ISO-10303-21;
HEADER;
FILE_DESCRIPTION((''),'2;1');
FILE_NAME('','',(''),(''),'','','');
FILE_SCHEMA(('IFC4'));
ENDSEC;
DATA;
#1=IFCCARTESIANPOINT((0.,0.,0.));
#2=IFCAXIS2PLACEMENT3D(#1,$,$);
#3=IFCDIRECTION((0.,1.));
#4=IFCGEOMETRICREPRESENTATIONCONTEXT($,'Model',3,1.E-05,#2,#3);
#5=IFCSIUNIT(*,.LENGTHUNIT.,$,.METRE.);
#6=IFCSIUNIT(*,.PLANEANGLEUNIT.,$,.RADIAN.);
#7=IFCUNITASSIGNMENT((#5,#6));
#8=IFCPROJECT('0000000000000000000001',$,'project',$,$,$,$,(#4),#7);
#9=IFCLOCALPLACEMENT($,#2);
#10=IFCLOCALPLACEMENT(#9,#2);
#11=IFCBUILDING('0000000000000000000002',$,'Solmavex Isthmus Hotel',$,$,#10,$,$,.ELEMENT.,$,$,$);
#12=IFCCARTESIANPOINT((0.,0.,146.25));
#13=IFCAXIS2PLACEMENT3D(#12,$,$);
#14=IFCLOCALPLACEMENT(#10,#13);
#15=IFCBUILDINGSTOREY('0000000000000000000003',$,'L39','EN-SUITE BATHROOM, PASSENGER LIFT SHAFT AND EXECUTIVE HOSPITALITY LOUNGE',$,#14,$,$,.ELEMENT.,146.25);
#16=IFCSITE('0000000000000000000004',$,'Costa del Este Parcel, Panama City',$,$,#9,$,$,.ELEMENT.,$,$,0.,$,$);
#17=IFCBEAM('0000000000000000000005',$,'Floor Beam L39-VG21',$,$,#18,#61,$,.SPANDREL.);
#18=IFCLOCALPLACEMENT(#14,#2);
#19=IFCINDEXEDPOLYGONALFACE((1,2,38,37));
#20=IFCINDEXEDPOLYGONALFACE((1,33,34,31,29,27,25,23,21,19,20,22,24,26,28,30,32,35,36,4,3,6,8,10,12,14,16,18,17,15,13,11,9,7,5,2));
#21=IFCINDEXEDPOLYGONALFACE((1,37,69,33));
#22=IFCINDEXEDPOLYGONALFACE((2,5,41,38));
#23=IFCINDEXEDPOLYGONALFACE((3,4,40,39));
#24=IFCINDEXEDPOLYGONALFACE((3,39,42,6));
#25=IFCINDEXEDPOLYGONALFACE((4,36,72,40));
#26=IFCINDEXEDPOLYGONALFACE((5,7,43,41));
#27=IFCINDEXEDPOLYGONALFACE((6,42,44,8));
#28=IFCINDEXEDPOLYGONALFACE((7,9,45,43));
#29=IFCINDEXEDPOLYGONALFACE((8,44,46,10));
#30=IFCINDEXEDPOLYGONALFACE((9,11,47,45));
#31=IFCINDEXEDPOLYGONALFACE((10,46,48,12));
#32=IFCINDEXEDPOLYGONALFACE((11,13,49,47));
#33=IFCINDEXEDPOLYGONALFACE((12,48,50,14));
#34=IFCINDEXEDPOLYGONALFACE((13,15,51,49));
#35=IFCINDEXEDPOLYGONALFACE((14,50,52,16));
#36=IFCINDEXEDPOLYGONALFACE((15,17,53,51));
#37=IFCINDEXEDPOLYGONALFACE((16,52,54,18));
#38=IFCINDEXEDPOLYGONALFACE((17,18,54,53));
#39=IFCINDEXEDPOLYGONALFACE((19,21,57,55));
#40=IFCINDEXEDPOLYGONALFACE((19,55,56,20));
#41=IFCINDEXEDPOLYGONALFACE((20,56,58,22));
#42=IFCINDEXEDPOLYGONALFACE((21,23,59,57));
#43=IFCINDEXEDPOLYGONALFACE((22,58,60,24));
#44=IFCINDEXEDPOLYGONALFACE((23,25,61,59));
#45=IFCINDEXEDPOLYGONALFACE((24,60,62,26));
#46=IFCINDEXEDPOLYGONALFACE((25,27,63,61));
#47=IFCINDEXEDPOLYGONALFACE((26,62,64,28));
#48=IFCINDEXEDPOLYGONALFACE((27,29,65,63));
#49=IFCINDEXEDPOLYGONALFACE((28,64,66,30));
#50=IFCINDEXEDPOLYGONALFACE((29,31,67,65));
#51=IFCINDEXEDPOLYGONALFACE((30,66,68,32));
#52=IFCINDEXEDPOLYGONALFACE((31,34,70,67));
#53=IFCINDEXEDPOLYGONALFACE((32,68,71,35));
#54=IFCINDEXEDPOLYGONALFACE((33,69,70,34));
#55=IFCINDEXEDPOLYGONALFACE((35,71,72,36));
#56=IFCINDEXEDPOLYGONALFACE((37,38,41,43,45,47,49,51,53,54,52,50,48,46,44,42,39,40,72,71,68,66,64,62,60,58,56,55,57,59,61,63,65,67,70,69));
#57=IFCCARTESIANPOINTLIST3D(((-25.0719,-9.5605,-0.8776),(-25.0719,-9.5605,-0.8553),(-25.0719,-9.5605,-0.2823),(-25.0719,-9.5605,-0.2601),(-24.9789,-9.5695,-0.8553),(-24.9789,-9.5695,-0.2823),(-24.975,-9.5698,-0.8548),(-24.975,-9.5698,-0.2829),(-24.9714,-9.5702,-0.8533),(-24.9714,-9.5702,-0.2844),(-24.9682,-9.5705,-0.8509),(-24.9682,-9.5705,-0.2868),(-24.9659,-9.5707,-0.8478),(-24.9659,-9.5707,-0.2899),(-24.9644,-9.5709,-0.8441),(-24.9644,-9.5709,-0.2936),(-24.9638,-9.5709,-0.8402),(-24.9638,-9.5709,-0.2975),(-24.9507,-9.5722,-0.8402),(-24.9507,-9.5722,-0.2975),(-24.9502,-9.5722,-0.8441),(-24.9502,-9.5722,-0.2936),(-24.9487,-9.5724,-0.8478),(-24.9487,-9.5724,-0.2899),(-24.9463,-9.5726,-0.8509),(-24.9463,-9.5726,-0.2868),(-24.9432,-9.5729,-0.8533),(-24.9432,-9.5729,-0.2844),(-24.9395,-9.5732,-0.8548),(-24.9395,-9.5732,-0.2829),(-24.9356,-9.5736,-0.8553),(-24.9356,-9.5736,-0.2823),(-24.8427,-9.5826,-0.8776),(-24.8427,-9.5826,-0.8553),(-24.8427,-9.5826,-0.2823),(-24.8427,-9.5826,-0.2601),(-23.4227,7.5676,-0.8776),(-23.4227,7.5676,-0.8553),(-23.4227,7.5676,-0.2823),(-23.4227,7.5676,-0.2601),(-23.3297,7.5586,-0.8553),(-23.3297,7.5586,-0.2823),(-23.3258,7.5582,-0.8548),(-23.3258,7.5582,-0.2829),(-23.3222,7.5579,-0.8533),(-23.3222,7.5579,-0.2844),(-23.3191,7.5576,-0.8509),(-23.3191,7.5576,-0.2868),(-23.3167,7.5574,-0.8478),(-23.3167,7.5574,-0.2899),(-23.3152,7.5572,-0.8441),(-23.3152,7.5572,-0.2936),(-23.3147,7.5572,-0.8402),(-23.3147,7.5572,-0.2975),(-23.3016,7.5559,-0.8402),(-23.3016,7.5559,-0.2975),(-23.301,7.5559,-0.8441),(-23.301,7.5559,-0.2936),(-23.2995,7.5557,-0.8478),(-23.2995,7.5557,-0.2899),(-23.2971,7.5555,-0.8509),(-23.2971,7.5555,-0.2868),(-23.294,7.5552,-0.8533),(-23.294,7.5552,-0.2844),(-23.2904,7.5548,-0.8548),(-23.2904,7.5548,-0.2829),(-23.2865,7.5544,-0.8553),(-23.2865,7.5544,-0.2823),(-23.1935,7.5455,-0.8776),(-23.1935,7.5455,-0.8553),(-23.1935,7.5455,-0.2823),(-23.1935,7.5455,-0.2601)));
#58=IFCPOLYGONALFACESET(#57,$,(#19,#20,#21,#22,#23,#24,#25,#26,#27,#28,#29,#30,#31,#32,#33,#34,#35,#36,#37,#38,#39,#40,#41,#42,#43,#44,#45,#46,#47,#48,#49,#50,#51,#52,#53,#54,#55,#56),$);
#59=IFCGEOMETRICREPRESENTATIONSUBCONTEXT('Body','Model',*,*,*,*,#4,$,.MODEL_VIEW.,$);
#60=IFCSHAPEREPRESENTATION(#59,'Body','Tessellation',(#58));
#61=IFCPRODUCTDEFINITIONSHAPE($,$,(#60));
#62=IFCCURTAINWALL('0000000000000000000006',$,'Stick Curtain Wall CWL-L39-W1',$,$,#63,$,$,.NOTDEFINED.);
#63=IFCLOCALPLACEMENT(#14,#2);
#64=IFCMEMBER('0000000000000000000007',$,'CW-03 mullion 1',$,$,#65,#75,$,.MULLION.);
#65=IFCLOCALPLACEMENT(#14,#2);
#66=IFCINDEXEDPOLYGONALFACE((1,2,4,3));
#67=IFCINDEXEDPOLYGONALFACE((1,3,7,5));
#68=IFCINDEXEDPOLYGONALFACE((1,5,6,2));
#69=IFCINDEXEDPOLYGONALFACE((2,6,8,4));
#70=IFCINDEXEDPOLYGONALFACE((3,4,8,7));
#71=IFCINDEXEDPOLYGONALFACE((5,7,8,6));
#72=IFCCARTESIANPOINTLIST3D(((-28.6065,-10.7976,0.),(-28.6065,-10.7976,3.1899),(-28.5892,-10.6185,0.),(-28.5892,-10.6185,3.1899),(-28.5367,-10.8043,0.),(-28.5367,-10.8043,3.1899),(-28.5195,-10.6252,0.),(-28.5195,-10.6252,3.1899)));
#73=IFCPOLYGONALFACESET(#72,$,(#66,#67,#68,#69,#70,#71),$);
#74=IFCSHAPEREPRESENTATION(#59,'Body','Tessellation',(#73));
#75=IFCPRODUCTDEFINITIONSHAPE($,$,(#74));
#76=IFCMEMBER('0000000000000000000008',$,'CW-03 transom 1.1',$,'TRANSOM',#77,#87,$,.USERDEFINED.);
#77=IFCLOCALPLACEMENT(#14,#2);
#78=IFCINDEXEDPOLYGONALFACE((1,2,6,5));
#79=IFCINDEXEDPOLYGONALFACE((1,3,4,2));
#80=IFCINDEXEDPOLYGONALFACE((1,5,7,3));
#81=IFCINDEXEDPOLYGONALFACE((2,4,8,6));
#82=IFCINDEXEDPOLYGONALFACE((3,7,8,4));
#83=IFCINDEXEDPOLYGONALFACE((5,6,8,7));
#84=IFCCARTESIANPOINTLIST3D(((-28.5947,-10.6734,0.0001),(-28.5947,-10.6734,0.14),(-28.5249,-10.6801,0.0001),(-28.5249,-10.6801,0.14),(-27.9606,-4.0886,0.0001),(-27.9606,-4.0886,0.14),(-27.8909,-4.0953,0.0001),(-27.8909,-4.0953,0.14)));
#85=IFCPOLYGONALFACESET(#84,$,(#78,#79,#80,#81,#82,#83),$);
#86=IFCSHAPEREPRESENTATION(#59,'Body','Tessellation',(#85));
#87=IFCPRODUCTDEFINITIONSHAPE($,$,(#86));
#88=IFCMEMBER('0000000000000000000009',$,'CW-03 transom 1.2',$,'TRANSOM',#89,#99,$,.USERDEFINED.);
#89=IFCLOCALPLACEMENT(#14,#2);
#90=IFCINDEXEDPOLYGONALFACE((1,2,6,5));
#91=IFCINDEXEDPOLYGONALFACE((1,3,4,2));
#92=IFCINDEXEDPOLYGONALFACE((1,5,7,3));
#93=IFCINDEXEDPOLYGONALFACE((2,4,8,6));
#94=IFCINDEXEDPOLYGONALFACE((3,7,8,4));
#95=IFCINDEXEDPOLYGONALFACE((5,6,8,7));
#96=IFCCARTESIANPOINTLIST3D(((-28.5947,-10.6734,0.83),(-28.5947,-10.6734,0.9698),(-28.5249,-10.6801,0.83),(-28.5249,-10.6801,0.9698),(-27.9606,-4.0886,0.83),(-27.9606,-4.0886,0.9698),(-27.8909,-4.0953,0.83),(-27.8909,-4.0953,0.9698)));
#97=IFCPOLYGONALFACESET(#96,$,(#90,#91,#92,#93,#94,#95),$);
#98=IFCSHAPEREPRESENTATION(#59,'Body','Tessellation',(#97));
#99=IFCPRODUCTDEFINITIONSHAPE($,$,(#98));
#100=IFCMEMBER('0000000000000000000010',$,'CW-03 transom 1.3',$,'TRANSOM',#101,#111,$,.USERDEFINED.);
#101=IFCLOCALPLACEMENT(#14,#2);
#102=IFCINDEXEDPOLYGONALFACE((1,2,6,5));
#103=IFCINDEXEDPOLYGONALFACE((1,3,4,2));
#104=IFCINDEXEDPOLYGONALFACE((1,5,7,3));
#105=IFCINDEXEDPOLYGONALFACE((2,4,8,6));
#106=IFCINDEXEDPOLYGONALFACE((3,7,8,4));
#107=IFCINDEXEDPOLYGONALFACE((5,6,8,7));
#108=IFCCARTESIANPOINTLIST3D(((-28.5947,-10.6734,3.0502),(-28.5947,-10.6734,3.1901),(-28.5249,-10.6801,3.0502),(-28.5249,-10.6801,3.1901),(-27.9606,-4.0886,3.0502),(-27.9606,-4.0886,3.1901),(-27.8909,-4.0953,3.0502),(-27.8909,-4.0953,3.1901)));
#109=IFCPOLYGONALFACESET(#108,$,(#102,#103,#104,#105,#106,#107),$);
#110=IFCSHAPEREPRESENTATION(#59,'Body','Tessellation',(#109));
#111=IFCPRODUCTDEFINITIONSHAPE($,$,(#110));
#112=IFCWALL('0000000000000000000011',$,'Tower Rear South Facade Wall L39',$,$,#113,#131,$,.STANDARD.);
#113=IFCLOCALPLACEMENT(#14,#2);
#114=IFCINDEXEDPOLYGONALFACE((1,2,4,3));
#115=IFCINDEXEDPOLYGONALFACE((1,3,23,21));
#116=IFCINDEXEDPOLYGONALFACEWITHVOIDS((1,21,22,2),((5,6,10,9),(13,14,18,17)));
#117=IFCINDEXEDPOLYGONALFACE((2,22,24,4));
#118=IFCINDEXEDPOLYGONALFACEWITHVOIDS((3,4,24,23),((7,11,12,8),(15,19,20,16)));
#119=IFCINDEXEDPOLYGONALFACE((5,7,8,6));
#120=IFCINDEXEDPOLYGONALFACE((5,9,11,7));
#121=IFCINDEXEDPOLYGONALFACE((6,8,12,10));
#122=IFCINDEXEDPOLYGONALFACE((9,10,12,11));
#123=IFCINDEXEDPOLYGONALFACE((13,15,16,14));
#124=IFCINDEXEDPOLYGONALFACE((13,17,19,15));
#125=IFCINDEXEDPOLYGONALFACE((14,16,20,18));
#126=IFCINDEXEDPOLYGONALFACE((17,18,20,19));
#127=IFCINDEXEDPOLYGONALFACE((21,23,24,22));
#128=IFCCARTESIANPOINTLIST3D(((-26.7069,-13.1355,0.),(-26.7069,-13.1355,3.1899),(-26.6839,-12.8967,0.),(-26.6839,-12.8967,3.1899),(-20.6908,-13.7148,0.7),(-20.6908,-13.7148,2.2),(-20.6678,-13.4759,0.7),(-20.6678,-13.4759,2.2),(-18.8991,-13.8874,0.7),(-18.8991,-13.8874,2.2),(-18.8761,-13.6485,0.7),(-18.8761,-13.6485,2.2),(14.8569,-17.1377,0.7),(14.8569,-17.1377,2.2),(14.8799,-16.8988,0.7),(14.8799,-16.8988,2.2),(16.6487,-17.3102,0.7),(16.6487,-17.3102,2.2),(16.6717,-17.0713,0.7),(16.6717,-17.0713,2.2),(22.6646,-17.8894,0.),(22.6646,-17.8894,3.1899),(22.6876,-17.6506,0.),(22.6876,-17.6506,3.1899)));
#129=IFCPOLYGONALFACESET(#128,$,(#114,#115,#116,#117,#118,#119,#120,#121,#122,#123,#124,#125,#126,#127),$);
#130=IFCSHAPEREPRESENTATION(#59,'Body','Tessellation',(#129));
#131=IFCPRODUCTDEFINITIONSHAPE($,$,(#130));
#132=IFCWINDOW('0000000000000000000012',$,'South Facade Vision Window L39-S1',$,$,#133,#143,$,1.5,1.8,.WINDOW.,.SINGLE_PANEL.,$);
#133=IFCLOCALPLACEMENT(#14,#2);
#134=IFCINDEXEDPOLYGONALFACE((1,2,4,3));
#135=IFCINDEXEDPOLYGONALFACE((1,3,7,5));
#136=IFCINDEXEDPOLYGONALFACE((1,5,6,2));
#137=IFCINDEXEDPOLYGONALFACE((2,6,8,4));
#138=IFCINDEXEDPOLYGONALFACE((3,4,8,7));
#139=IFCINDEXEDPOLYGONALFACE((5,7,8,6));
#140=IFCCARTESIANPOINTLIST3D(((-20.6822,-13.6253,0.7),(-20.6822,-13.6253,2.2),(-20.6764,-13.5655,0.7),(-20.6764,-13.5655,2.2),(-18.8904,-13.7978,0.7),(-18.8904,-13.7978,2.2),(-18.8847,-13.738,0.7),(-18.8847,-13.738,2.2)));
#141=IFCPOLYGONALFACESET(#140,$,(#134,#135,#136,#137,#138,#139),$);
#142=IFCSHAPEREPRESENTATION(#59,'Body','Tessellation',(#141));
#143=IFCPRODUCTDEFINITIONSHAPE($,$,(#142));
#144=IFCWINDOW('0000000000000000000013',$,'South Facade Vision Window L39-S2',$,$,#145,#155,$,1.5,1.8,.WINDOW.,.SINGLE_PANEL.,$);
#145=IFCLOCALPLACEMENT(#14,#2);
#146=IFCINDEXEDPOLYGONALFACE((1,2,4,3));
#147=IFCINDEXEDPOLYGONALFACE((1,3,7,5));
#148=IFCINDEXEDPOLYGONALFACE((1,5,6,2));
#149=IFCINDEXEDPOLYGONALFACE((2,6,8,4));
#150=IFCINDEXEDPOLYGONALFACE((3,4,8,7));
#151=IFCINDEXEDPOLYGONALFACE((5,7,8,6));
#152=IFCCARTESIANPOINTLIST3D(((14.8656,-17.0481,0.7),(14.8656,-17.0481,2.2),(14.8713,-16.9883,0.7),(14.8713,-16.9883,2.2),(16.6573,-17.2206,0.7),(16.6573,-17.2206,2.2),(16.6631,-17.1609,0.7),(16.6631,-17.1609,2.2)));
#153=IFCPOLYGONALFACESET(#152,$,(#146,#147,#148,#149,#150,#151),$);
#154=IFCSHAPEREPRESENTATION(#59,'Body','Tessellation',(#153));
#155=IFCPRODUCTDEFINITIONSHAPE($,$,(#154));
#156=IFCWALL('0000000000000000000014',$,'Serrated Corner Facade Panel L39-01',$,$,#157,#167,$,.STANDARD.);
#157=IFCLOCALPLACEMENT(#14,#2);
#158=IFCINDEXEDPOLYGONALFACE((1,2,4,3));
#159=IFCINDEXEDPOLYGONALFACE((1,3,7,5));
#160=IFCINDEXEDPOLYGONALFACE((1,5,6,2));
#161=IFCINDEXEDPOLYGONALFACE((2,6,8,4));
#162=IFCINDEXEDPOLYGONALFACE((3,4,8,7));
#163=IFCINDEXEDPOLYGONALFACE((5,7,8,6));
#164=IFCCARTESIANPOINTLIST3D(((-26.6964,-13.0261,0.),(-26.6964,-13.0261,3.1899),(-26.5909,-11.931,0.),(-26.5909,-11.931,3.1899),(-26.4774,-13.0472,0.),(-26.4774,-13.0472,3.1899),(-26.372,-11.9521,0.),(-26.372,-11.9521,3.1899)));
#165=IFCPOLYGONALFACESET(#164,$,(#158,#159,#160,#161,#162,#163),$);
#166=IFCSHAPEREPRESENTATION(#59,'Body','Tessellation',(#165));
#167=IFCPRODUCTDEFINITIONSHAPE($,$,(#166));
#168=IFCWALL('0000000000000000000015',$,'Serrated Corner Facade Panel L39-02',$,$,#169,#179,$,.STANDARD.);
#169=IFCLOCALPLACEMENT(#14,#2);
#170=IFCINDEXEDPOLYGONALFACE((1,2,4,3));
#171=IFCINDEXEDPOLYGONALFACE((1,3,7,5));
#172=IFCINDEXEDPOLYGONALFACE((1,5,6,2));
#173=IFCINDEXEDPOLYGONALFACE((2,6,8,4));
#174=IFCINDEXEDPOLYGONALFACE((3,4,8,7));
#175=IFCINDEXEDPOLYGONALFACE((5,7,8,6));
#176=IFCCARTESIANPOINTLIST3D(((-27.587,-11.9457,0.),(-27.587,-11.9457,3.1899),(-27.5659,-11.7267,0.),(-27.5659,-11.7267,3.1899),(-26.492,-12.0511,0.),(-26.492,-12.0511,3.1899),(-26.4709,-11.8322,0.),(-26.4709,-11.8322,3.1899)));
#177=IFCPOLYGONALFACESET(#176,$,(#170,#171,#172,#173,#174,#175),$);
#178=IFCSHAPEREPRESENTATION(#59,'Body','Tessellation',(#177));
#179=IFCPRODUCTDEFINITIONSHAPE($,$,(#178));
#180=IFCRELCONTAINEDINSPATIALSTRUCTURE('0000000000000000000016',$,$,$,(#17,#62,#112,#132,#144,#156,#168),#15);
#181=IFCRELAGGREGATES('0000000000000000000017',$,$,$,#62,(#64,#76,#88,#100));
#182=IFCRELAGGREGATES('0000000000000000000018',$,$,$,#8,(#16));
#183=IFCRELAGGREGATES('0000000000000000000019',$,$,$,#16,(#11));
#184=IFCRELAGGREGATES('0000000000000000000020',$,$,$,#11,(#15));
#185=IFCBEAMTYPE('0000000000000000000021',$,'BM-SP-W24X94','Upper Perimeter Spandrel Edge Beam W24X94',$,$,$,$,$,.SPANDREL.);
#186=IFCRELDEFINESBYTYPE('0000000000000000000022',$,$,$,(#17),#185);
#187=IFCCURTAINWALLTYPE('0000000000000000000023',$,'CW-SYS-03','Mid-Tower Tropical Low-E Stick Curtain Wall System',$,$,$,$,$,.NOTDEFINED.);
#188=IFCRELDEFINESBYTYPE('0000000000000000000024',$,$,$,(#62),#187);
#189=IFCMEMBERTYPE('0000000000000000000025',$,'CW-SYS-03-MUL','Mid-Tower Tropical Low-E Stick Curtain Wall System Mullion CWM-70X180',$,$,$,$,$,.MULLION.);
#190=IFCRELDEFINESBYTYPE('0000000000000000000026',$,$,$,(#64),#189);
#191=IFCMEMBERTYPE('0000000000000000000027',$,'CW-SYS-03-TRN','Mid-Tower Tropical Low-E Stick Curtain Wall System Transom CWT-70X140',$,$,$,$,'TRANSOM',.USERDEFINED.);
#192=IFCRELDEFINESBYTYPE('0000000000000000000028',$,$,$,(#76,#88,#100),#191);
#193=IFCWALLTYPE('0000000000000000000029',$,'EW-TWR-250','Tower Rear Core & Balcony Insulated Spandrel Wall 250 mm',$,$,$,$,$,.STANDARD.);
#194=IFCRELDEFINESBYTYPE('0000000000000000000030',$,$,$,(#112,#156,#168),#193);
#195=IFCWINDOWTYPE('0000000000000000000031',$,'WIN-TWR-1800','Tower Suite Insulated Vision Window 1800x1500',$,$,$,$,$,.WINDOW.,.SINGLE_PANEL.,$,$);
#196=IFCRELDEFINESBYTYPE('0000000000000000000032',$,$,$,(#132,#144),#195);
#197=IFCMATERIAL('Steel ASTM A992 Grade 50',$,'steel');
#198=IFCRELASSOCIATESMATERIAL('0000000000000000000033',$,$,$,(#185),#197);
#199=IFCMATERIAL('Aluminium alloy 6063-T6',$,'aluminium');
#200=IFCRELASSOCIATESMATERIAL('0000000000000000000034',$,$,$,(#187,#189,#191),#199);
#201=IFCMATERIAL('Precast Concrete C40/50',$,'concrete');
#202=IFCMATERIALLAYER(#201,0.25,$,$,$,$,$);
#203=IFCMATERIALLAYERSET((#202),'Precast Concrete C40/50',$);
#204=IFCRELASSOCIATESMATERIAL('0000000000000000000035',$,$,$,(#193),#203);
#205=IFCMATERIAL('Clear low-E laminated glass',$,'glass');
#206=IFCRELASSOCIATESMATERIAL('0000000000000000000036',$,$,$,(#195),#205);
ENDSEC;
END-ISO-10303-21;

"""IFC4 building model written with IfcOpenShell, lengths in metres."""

from ifc_helpers import new_model, si_unit, direction, frame, frame_2d, origin, origin_2d, place, context, subcontext, project, spatial, rectangle, i_section, extrude, material, layer, layer_set, material_profile, profile_set, type_object, element, fill, aggregate, save


model = new_model("IFC4")

# Units and contexts
model_context = context("Model", 3, precision=1e-05, world=origin(), true_north=direction((0.0, 1.0)))
body_context = subcontext(model_context, "Body", "Model", "MODEL_VIEW")
ifc_project = project(units=[si_unit("LENGTHUNIT", "METRE"), si_unit("PLANEANGLEUNIT", "RADIAN")], contexts=[model_context])

# Site, building, storey
site_placement = place(None, origin())
site = spatial("IfcSite", under=ifc_project, at=site_placement, Name="Costa del Este Parcel, Panama City", CompositionType="ELEMENT", RefElevation=0.0)
building_placement = place(site_placement, origin())
building = spatial("IfcBuilding", under=site, at=building_placement, Name="Solmavex Isthmus Hotel", CompositionType="ELEMENT")
storey_placement = place(building_placement, frame((0.0, 0.0, 146.25)))
storey = spatial("IfcBuildingStorey", under=building, at=storey_placement, Name="L39", Description="EN-SUITE BATHROOM, PASSENGER LIFT SHAFT AND EXECUTIVE HOSPITALITY LOUNGE", CompositionType="ELEMENT", Elevation=146.25)

# Beam
ifc_material_1 = material(Name="Steel ASTM A992 Grade 50", Category="steel")
ifc_material_profile_1 = material_profile(ifc_material_1, i_section(OverallWidth=0.2302, OverallDepth=0.6174, WebThickness=0.0132, FlangeThickness=0.0222, FilletRadius=0.0151, at=origin_2d()), Name="W24X94")
ifc_profile_set_1 = profile_set([ifc_material_profile_1], Name="Steel ASTM A992 Grade 50")
beam_type_1 = type_object("IfcBeamType", Name="BM-SP-W24X94", Description="Upper Perimeter Spandrel Edge Beam W24X94", PredefinedType="SPANDREL", material=ifc_profile_set_1)
beam_1_placement = place(storey_placement, frame((-24.9573, -9.5715, -0.5688), z_axis=(0.095841, 0.995397, 0.0), x_axis=(-0.995397, 0.095841, 0.0)))
element("IfcBeam", 1, at=beam_1_placement, inside=storey, type_object=beam_type_1, Name="Floor Beam L39-VG21", PredefinedType="SPANDREL", context=body_context, shape_type="SweptSolid", body=[
    extrude(i_section(OverallWidth=0.2302, OverallDepth=0.6174, WebThickness=0.0132, FlangeThickness=0.0222, FilletRadius=0.0151, at=origin_2d()), origin(), (0.0, 0.0, 1.0), 17.2073),
])

# Curtain wall, members
ifc_material_2 = material(Name="Aluminium alloy 6063-T6", Category="aluminium")
curtain_wall_type = type_object("IfcCurtainWallType", Name="CW-SYS-03", Description="Mid-Tower Tropical Low-E Stick Curtain Wall System", PredefinedType="NOTDEFINED", material=ifc_material_2)
curtain_wall_placement = place(storey_placement, origin())
curtain_wall = element("IfcCurtainWall", 2, at=curtain_wall_placement, inside=storey, type_object=curtain_wall_type, Name="Stick Curtain Wall CWL-L39-W1", PredefinedType="NOTDEFINED")
ifc_material_profile_2 = material_profile(ifc_material_2, rectangle(XDim=0.0701, YDim=0.1799, at=origin_2d()), Name="CWM-70X180")
ifc_profile_set_2 = profile_set([ifc_material_profile_2], Name="Aluminium alloy 6063-T6")
member_type_1 = type_object("IfcMemberType", Name="CW-SYS-03-MUL", Description="Mid-Tower Tropical Low-E Stick Curtain Wall System Mullion CWM-70X180", PredefinedType="MULLION", material=ifc_profile_set_2)
member_1_placement = place(storey_placement, frame((-28.563, -10.7114, 0.0), z_axis=(0.0, 0.0, 1.0), x_axis=(-0.995396, 0.095846, 0.0)))
member_1 = element("IfcMember", 3, at=member_1_placement, type_object=member_type_1, Name="CW-03 mullion 1", PredefinedType="MULLION", context=body_context, shape_type="SweptSolid", body=[
    extrude(rectangle(XDim=0.0701, YDim=0.1799, at=origin_2d()), origin(), (0.0, 0.0, 1.0), 3.1899),
])
ifc_material_profile_3 = material_profile(ifc_material_2, rectangle(XDim=0.0701, YDim=0.1399, at=origin_2d()), Name="CWT-70X140")
ifc_profile_set_3 = profile_set([ifc_material_profile_3], Name="Aluminium alloy 6063-T6")
member_type_2 = type_object("IfcMemberType", Name="CW-SYS-03-TRN", Description="Mid-Tower Tropical Low-E Stick Curtain Wall System Transom CWT-70X140", ElementType="TRANSOM", PredefinedType="USERDEFINED", material=ifc_profile_set_3)
member_2_placement = place(storey_placement, frame((-28.5598, -10.6768, 0.0701), z_axis=(0.095845, 0.995396, 0.0), x_axis=(-0.995396, 0.095845, 0.0)))
member_2 = element("IfcMember", 4, at=member_2_placement, type_object=member_type_2, Name="CW-03 transom 1.1", ObjectType="TRANSOM", PredefinedType="USERDEFINED", context=body_context, shape_type="SweptSolid", body=[
    extrude(rectangle(XDim=0.0701, YDim=0.1399, at=origin_2d()), origin(), (0.0, 0.0, 1.0), 6.6152),
])
member_3_placement = place(storey_placement, frame((-28.5598, -10.6768, 0.8999), z_axis=(0.095845, 0.995396, 0.0), x_axis=(-0.995396, 0.095845, 0.0)))
member_3 = element("IfcMember", 5, at=member_3_placement, type_object=member_type_2, Name="CW-03 transom 1.2", ObjectType="TRANSOM", PredefinedType="USERDEFINED", context=body_context, shape_type="SweptSolid", body=[
    extrude(rectangle(XDim=0.0701, YDim=0.1399, at=origin_2d()), origin(), (0.0, 0.0, 1.0), 6.6152),
])
member_4_placement = place(storey_placement, frame((-28.5598, -10.6768, 3.1201), z_axis=(0.095845, 0.995396, 0.0), x_axis=(-0.995396, 0.095845, 0.0)))
member_4 = element("IfcMember", 6, at=member_4_placement, type_object=member_type_2, Name="CW-03 transom 1.3", ObjectType="TRANSOM", PredefinedType="USERDEFINED", context=body_context, shape_type="SweptSolid", body=[
    extrude(rectangle(XDim=0.0701, YDim=0.1399, at=origin_2d()), origin(), (0.0, 0.0, 1.0), 6.6152),
])
aggregate(curtain_wall, [member_1, member_2, member_3, member_4])

# Wall, openings, windows
ifc_material_3 = material(Name="Precast Concrete C40/50", Category="concrete")
ifc_layer_1 = layer(ifc_material_3, 0.25)
ifc_layer_set_1 = layer_set([ifc_layer_1], Name="Precast Concrete C40/50")
wall_type_1 = type_object("IfcWallType", Name="EW-TWR-250", Description="Tower Rear Core & Balcony Insulated Spandrel Wall 250 mm", PredefinedType="STANDARD", material=ifc_layer_set_1)
wall_1_placement = place(storey_placement, frame((-26.6953, -13.0161, 0.0), z_axis=(0.0, 0.0, 1.0), x_axis=(0.995396, -0.095845, 0.0)))
wall_1 = element("IfcWall", 7, at=wall_1_placement, inside=storey, type_object=wall_type_1, Name="Tower Rear South Facade Wall L39", PredefinedType="STANDARD", context=body_context, shape_type="SweptSolid", body=[
    extrude(rectangle(XDim=49.5999, YDim=0.24, at=frame_2d((24.7998, 0.0))), origin(), (0.0, 0.0, 1.0), 3.1899),
])
opening_1_placement = place(wall_1_placement, frame((6.0439, 0.0, 0.7)))
opening_1 = element("IfcOpeningElement", 8, at=opening_1_placement, cuts=wall_1, PredefinedType="OPENING", context=body_context, shape_type="SweptSolid", body=[
    extrude(rectangle(XDim=1.8, YDim=1.5, at=frame_2d((0.8999, 0.75))), frame((0.0, 0.1299, 0.0), z_axis=(0.0, -1.0, 0.0), x_axis=(1.0, 0.0, 0.0)), (0.0, 0.0, 1.0), 0.26),
])
opening_2_placement = place(wall_1_placement, frame((41.7561, 0.0, 0.7)))
opening_2 = element("IfcOpeningElement", 9, at=opening_2_placement, cuts=wall_1, PredefinedType="OPENING", context=body_context, shape_type="SweptSolid", body=[
    extrude(rectangle(XDim=1.8, YDim=1.5, at=frame_2d((0.8999, 0.75))), frame((0.0, 0.1299, 0.0), z_axis=(0.0, -1.0, 0.0), x_axis=(1.0, 0.0, 0.0)), (0.0, 0.0, 1.0), 0.26),
])
ifc_material_4 = material(Name="Clear low-E laminated glass", Category="glass")
window_type = type_object("IfcWindowType", Name="WIN-TWR-1800", Description="Tower Suite Insulated Vision Window 1800x1500", PartitioningType="SINGLE_PANEL", PredefinedType="WINDOW", material=ifc_material_4)
window_1_placement = place(opening_1_placement, origin())
window_1 = element("IfcWindow", 10, at=window_1_placement, inside=storey, type_object=window_type, Name="South Facade Vision Window L39-S1", OverallHeight=1.5, OverallWidth=1.8, PartitioningType="SINGLE_PANEL", PredefinedType="WINDOW", context=body_context, shape_type="SweptSolid", body=[
    extrude(rectangle(XDim=1.8, YDim=1.5, at=frame_2d((0.8999, 0.75))), frame((0.0, 0.03, 0.0), z_axis=(0.0, -1.0, 0.0), x_axis=(1.0, 0.0, 0.0)), (0.0, 0.0, 1.0), 0.0601),
])
fill(opening_1, window_1)
window_2_placement = place(opening_2_placement, origin())
window_2 = element("IfcWindow", 11, at=window_2_placement, inside=storey, type_object=window_type, Name="South Facade Vision Window L39-S2", OverallHeight=1.5, OverallWidth=1.8, PartitioningType="SINGLE_PANEL", PredefinedType="WINDOW", context=body_context, shape_type="SweptSolid", body=[
    extrude(rectangle(XDim=1.8, YDim=1.5, at=frame_2d((0.8999, 0.75))), frame((0.0, 0.03, 0.0), z_axis=(0.0, -1.0, 0.0), x_axis=(1.0, 0.0, 0.0)), (0.0, 0.0, 1.0), 0.0601),
])
fill(opening_2, window_2)

# Walls
for number, where, z_axis, x_axis, name in (
    (12, (-26.5869, -13.0366, 0.0), (0.0, 0.0, 1.0), (0.095877, 0.995393, 0.0), "Serrated Corner Facade Panel L39-01"),
    (13, (-26.4814, -11.9417, 0.0), (0.0, 0.0, 1.0), (-0.995393, 0.095877, 0.0), "Serrated Corner Facade Panel L39-02"),
):
    element("IfcWall", number, at=place(storey_placement, frame(where, z_axis=z_axis, x_axis=x_axis)), inside=storey, type_object=wall_type_1, Name=name, PredefinedType="STANDARD", context=body_context, shape_type="SweptSolid", body=[
        extrude(rectangle(XDim=1.1001, YDim=0.22, at=frame_2d((0.55, 0.0))), origin(), (0.0, 0.0, 1.0), 3.1899),
    ])

save(model, "model.ifc")
